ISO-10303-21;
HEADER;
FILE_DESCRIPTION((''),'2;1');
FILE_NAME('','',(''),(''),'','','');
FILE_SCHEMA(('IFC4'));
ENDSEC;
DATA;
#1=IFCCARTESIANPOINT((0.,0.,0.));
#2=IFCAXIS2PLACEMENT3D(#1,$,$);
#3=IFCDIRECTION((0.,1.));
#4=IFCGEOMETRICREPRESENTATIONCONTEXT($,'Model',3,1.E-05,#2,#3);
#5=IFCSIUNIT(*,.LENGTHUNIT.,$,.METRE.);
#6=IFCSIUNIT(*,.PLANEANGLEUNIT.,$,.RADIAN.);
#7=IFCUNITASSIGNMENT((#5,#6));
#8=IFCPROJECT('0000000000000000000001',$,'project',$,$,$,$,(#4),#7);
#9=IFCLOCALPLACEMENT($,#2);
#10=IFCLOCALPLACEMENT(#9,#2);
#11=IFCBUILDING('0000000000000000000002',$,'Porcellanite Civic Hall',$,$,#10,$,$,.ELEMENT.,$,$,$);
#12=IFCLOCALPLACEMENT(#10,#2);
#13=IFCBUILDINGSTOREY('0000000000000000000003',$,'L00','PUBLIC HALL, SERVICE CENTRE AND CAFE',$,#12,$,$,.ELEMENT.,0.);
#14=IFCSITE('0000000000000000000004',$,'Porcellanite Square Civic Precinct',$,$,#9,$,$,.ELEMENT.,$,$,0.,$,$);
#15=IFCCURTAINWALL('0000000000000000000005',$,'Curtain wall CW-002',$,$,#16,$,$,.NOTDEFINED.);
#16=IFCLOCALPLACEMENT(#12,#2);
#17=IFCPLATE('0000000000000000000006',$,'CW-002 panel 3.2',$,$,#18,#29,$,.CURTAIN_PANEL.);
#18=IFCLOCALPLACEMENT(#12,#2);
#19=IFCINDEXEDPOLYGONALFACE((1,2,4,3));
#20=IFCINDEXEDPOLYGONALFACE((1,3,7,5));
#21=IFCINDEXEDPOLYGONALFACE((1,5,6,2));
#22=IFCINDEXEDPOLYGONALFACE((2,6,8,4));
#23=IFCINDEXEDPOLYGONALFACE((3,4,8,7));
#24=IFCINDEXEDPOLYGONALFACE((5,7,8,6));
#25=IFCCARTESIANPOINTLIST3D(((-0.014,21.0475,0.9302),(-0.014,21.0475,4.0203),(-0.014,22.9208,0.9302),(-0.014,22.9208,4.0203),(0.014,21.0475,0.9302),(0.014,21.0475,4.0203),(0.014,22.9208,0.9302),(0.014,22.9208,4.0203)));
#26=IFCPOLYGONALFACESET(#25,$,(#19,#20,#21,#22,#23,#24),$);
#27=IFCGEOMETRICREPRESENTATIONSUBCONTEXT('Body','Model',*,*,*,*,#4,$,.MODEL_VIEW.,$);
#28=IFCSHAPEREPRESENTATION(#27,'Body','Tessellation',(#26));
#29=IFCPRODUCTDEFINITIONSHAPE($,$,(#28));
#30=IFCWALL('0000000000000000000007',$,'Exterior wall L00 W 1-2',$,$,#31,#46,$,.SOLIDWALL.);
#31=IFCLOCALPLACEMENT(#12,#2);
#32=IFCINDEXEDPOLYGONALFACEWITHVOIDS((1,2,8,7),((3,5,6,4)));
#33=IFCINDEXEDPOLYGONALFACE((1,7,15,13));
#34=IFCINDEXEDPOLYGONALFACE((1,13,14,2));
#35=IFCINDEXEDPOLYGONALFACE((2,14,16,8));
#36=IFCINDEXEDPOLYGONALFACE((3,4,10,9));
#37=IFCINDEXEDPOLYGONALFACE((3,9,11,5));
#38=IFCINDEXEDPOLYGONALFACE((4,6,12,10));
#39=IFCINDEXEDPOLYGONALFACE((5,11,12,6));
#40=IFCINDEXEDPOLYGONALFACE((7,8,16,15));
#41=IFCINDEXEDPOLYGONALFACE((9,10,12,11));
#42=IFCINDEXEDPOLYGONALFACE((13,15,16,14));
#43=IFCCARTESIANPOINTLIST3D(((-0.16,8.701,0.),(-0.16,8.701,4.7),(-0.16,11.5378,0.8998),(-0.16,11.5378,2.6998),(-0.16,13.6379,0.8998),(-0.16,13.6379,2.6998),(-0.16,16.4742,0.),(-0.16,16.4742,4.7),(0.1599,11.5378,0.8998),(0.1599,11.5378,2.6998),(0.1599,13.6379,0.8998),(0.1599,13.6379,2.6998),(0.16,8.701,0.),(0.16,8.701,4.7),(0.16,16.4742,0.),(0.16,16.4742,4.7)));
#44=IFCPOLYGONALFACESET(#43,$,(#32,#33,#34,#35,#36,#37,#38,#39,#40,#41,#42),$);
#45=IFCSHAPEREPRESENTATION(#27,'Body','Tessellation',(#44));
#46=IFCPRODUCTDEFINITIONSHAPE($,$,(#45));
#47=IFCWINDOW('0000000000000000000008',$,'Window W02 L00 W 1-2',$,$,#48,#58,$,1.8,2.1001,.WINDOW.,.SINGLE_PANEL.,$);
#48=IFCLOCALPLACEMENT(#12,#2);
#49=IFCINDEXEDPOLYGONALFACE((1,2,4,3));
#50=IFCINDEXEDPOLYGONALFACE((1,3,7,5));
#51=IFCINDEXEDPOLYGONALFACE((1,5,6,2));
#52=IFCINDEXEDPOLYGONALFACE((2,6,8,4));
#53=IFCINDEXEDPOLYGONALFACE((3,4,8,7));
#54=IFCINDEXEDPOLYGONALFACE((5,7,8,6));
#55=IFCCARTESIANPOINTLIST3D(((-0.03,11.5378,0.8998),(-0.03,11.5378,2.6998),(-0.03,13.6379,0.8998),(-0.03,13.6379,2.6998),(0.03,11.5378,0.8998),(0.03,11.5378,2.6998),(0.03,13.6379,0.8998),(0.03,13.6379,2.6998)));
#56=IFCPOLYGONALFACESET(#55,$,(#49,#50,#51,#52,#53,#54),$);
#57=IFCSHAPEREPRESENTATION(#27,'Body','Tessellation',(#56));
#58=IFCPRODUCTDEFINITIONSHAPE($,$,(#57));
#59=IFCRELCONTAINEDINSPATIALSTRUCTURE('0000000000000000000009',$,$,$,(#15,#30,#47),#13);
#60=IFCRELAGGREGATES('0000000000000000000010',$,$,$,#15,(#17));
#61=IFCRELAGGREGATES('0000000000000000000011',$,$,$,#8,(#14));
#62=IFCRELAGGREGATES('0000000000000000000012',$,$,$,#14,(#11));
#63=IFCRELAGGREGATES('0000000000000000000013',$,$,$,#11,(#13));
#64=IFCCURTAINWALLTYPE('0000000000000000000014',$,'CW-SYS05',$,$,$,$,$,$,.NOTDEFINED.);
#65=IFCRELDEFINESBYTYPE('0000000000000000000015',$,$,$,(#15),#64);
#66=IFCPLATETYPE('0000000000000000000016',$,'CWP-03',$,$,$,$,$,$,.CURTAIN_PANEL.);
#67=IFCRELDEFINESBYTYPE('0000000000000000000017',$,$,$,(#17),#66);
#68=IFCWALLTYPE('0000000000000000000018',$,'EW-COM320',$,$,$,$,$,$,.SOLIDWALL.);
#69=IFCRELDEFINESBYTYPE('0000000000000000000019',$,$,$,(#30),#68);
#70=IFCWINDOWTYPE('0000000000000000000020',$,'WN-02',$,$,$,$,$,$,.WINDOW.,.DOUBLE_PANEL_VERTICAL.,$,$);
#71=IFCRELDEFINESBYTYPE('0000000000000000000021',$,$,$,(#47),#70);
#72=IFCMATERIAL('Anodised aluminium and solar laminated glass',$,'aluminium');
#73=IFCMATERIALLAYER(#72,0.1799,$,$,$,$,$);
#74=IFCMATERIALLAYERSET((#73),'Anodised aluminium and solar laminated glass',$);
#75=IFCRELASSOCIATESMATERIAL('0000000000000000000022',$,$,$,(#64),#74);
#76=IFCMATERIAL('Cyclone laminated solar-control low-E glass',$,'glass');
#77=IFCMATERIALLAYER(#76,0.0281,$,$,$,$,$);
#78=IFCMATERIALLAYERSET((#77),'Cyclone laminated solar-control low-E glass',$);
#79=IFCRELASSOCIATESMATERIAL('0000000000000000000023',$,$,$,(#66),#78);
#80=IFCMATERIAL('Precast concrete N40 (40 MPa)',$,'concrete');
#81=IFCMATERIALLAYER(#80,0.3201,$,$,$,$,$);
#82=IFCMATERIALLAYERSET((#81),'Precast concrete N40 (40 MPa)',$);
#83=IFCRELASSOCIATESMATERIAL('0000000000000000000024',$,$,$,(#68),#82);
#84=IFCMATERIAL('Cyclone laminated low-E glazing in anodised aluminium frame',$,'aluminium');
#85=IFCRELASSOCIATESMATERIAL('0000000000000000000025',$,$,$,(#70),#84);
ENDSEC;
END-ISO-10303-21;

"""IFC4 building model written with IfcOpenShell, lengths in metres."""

from ifc_helpers import new_model, si_unit, direction, frame, frame_2d, origin, origin_2d, place, context, subcontext, project, spatial, rectangle, extrude, material, layer, layer_set, type_object, element, fill, aggregate, save


model = new_model("IFC4")

# Units and contexts
model_context = context("Model", 3, precision=1e-05, world=origin(), true_north=direction((0.0, 1.0)))
body_context = subcontext(model_context, "Body", "Model", "MODEL_VIEW")
ifc_project = project(units=[si_unit("LENGTHUNIT", "METRE"), si_unit("PLANEANGLEUNIT", "RADIAN")], contexts=[model_context])

# Site, building, storey
site_placement = place(None, origin())
site = spatial("IfcSite", under=ifc_project, at=site_placement, Name="Porcellanite Square Civic Precinct", CompositionType="ELEMENT", RefElevation=0.0)
building_placement = place(site_placement, origin())
building = spatial("IfcBuilding", under=site, at=building_placement, Name="Porcellanite Civic Hall", CompositionType="ELEMENT")
storey_placement = place(building_placement, origin())
storey = spatial("IfcBuildingStorey", under=building, at=storey_placement, Name="L00", Description="PUBLIC HALL, SERVICE CENTRE AND CAFE", CompositionType="ELEMENT", Elevation=0.0)

# Curtain wall
ifc_material_1 = material(Name="Anodised aluminium and solar laminated glass", Category="aluminium")
ifc_layer_1 = layer(ifc_material_1, 0.1799)
ifc_layer_set_1 = layer_set([ifc_layer_1], Name="Anodised aluminium and solar laminated glass")
curtain_wall_type = type_object("IfcCurtainWallType", Name="CW-SYS05", PredefinedType="NOTDEFINED", material=ifc_layer_set_1)
curtain_wall_placement = place(storey_placement, origin())
curtain_wall = element("IfcCurtainWall", 1, at=curtain_wall_placement, inside=storey, type_object=curtain_wall_type, Name="Curtain wall CW-002", PredefinedType="NOTDEFINED")

# Plate
ifc_material_2 = material(Name="Cyclone laminated solar-control low-E glass", Category="glass")
ifc_layer_2 = layer(ifc_material_2, 0.0281)
ifc_layer_set_2 = layer_set([ifc_layer_2], Name="Cyclone laminated solar-control low-E glass")
plate_type = type_object("IfcPlateType", Name="CWP-03", PredefinedType="CURTAIN_PANEL", material=ifc_layer_set_2)
plate_1_placement = place(storey_placement, frame((0.0, 21.9841, 0.9302), z_axis=(0.0, 0.0, 1.0), x_axis=(0.0, 1.0, 0.0)))
plate_1 = element("IfcPlate", 2, at=plate_1_placement, type_object=plate_type, Name="CW-002 panel 3.2", PredefinedType="CURTAIN_PANEL", context=body_context, shape_type="SweptSolid", body=[
    extrude(rectangle(XDim=1.8733, YDim=0.0281, at=origin_2d()), origin(), (0.0, 0.0, 1.0), 3.0901),
])
aggregate(curtain_wall, [plate_1])

# Wall, opening, window
ifc_material_3 = material(Name="Precast concrete N40 (40 MPa)", Category="concrete")
ifc_layer_3 = layer(ifc_material_3, 0.3201)
ifc_layer_set_3 = layer_set([ifc_layer_3], Name="Precast concrete N40 (40 MPa)")
wall_type_1 = type_object("IfcWallType", Name="EW-COM320", PredefinedType="SOLIDWALL", material=ifc_layer_set_3)
wall_1_placement = place(storey_placement, frame((0.0, 8.7009, 0.0), z_axis=(0.0, 0.0, 1.0), x_axis=(0.0, 1.0, 0.0)))
wall_1 = element("IfcWall", 3, at=wall_1_placement, inside=storey, type_object=wall_type_1, Name="Exterior wall L00 W 1-2", PredefinedType="SOLIDWALL", context=body_context, shape_type="SweptSolid", body=[
    extrude(rectangle(XDim=7.7732, YDim=0.3201, at=frame_2d((3.8867, 0.0))), origin(), (0.0, 0.0, 1.0), 4.7),
])
opening_1_placement = place(wall_1_placement, frame((2.8369, 0.0, 0.8999)))
opening_1 = element("IfcOpeningElement", 4, at=opening_1_placement, cuts=wall_1, PredefinedType="OPENING", context=body_context, shape_type="SweptSolid", body=[
    extrude(rectangle(XDim=2.1001, YDim=1.8, at=frame_2d((1.05, 0.8999))), frame((0.0, 0.1602, 0.0), z_axis=(0.0, -1.0, 0.0), x_axis=(1.0, 0.0, 0.0)), (0.0, 0.0, 1.0), 0.3201),
])
ifc_material_4 = material(Name="Cyclone laminated low-E glazing in anodised aluminium frame", Category="aluminium")
window_type = type_object("IfcWindowType", Name="WN-02", PartitioningType="DOUBLE_PANEL_VERTICAL", PredefinedType="WINDOW", material=ifc_material_4)
window_placement = place(opening_1_placement, origin())
window = element("IfcWindow", 5, at=window_placement, inside=storey, type_object=window_type, Name="Window W02 L00 W 1-2", OverallHeight=1.8, OverallWidth=2.1001, PartitioningType="SINGLE_PANEL", PredefinedType="WINDOW", context=body_context, shape_type="SweptSolid", body=[
    extrude(rectangle(XDim=2.1001, YDim=1.8, at=frame_2d((1.05, 0.8999))), frame((0.0, 0.03, 0.0), z_axis=(0.0, -1.0, 0.0), x_axis=(1.0, 0.0, 0.0)), (0.0, 0.0, 1.0), 0.0601),
])
fill(opening_1, window)

save(model, "model.ifc")
